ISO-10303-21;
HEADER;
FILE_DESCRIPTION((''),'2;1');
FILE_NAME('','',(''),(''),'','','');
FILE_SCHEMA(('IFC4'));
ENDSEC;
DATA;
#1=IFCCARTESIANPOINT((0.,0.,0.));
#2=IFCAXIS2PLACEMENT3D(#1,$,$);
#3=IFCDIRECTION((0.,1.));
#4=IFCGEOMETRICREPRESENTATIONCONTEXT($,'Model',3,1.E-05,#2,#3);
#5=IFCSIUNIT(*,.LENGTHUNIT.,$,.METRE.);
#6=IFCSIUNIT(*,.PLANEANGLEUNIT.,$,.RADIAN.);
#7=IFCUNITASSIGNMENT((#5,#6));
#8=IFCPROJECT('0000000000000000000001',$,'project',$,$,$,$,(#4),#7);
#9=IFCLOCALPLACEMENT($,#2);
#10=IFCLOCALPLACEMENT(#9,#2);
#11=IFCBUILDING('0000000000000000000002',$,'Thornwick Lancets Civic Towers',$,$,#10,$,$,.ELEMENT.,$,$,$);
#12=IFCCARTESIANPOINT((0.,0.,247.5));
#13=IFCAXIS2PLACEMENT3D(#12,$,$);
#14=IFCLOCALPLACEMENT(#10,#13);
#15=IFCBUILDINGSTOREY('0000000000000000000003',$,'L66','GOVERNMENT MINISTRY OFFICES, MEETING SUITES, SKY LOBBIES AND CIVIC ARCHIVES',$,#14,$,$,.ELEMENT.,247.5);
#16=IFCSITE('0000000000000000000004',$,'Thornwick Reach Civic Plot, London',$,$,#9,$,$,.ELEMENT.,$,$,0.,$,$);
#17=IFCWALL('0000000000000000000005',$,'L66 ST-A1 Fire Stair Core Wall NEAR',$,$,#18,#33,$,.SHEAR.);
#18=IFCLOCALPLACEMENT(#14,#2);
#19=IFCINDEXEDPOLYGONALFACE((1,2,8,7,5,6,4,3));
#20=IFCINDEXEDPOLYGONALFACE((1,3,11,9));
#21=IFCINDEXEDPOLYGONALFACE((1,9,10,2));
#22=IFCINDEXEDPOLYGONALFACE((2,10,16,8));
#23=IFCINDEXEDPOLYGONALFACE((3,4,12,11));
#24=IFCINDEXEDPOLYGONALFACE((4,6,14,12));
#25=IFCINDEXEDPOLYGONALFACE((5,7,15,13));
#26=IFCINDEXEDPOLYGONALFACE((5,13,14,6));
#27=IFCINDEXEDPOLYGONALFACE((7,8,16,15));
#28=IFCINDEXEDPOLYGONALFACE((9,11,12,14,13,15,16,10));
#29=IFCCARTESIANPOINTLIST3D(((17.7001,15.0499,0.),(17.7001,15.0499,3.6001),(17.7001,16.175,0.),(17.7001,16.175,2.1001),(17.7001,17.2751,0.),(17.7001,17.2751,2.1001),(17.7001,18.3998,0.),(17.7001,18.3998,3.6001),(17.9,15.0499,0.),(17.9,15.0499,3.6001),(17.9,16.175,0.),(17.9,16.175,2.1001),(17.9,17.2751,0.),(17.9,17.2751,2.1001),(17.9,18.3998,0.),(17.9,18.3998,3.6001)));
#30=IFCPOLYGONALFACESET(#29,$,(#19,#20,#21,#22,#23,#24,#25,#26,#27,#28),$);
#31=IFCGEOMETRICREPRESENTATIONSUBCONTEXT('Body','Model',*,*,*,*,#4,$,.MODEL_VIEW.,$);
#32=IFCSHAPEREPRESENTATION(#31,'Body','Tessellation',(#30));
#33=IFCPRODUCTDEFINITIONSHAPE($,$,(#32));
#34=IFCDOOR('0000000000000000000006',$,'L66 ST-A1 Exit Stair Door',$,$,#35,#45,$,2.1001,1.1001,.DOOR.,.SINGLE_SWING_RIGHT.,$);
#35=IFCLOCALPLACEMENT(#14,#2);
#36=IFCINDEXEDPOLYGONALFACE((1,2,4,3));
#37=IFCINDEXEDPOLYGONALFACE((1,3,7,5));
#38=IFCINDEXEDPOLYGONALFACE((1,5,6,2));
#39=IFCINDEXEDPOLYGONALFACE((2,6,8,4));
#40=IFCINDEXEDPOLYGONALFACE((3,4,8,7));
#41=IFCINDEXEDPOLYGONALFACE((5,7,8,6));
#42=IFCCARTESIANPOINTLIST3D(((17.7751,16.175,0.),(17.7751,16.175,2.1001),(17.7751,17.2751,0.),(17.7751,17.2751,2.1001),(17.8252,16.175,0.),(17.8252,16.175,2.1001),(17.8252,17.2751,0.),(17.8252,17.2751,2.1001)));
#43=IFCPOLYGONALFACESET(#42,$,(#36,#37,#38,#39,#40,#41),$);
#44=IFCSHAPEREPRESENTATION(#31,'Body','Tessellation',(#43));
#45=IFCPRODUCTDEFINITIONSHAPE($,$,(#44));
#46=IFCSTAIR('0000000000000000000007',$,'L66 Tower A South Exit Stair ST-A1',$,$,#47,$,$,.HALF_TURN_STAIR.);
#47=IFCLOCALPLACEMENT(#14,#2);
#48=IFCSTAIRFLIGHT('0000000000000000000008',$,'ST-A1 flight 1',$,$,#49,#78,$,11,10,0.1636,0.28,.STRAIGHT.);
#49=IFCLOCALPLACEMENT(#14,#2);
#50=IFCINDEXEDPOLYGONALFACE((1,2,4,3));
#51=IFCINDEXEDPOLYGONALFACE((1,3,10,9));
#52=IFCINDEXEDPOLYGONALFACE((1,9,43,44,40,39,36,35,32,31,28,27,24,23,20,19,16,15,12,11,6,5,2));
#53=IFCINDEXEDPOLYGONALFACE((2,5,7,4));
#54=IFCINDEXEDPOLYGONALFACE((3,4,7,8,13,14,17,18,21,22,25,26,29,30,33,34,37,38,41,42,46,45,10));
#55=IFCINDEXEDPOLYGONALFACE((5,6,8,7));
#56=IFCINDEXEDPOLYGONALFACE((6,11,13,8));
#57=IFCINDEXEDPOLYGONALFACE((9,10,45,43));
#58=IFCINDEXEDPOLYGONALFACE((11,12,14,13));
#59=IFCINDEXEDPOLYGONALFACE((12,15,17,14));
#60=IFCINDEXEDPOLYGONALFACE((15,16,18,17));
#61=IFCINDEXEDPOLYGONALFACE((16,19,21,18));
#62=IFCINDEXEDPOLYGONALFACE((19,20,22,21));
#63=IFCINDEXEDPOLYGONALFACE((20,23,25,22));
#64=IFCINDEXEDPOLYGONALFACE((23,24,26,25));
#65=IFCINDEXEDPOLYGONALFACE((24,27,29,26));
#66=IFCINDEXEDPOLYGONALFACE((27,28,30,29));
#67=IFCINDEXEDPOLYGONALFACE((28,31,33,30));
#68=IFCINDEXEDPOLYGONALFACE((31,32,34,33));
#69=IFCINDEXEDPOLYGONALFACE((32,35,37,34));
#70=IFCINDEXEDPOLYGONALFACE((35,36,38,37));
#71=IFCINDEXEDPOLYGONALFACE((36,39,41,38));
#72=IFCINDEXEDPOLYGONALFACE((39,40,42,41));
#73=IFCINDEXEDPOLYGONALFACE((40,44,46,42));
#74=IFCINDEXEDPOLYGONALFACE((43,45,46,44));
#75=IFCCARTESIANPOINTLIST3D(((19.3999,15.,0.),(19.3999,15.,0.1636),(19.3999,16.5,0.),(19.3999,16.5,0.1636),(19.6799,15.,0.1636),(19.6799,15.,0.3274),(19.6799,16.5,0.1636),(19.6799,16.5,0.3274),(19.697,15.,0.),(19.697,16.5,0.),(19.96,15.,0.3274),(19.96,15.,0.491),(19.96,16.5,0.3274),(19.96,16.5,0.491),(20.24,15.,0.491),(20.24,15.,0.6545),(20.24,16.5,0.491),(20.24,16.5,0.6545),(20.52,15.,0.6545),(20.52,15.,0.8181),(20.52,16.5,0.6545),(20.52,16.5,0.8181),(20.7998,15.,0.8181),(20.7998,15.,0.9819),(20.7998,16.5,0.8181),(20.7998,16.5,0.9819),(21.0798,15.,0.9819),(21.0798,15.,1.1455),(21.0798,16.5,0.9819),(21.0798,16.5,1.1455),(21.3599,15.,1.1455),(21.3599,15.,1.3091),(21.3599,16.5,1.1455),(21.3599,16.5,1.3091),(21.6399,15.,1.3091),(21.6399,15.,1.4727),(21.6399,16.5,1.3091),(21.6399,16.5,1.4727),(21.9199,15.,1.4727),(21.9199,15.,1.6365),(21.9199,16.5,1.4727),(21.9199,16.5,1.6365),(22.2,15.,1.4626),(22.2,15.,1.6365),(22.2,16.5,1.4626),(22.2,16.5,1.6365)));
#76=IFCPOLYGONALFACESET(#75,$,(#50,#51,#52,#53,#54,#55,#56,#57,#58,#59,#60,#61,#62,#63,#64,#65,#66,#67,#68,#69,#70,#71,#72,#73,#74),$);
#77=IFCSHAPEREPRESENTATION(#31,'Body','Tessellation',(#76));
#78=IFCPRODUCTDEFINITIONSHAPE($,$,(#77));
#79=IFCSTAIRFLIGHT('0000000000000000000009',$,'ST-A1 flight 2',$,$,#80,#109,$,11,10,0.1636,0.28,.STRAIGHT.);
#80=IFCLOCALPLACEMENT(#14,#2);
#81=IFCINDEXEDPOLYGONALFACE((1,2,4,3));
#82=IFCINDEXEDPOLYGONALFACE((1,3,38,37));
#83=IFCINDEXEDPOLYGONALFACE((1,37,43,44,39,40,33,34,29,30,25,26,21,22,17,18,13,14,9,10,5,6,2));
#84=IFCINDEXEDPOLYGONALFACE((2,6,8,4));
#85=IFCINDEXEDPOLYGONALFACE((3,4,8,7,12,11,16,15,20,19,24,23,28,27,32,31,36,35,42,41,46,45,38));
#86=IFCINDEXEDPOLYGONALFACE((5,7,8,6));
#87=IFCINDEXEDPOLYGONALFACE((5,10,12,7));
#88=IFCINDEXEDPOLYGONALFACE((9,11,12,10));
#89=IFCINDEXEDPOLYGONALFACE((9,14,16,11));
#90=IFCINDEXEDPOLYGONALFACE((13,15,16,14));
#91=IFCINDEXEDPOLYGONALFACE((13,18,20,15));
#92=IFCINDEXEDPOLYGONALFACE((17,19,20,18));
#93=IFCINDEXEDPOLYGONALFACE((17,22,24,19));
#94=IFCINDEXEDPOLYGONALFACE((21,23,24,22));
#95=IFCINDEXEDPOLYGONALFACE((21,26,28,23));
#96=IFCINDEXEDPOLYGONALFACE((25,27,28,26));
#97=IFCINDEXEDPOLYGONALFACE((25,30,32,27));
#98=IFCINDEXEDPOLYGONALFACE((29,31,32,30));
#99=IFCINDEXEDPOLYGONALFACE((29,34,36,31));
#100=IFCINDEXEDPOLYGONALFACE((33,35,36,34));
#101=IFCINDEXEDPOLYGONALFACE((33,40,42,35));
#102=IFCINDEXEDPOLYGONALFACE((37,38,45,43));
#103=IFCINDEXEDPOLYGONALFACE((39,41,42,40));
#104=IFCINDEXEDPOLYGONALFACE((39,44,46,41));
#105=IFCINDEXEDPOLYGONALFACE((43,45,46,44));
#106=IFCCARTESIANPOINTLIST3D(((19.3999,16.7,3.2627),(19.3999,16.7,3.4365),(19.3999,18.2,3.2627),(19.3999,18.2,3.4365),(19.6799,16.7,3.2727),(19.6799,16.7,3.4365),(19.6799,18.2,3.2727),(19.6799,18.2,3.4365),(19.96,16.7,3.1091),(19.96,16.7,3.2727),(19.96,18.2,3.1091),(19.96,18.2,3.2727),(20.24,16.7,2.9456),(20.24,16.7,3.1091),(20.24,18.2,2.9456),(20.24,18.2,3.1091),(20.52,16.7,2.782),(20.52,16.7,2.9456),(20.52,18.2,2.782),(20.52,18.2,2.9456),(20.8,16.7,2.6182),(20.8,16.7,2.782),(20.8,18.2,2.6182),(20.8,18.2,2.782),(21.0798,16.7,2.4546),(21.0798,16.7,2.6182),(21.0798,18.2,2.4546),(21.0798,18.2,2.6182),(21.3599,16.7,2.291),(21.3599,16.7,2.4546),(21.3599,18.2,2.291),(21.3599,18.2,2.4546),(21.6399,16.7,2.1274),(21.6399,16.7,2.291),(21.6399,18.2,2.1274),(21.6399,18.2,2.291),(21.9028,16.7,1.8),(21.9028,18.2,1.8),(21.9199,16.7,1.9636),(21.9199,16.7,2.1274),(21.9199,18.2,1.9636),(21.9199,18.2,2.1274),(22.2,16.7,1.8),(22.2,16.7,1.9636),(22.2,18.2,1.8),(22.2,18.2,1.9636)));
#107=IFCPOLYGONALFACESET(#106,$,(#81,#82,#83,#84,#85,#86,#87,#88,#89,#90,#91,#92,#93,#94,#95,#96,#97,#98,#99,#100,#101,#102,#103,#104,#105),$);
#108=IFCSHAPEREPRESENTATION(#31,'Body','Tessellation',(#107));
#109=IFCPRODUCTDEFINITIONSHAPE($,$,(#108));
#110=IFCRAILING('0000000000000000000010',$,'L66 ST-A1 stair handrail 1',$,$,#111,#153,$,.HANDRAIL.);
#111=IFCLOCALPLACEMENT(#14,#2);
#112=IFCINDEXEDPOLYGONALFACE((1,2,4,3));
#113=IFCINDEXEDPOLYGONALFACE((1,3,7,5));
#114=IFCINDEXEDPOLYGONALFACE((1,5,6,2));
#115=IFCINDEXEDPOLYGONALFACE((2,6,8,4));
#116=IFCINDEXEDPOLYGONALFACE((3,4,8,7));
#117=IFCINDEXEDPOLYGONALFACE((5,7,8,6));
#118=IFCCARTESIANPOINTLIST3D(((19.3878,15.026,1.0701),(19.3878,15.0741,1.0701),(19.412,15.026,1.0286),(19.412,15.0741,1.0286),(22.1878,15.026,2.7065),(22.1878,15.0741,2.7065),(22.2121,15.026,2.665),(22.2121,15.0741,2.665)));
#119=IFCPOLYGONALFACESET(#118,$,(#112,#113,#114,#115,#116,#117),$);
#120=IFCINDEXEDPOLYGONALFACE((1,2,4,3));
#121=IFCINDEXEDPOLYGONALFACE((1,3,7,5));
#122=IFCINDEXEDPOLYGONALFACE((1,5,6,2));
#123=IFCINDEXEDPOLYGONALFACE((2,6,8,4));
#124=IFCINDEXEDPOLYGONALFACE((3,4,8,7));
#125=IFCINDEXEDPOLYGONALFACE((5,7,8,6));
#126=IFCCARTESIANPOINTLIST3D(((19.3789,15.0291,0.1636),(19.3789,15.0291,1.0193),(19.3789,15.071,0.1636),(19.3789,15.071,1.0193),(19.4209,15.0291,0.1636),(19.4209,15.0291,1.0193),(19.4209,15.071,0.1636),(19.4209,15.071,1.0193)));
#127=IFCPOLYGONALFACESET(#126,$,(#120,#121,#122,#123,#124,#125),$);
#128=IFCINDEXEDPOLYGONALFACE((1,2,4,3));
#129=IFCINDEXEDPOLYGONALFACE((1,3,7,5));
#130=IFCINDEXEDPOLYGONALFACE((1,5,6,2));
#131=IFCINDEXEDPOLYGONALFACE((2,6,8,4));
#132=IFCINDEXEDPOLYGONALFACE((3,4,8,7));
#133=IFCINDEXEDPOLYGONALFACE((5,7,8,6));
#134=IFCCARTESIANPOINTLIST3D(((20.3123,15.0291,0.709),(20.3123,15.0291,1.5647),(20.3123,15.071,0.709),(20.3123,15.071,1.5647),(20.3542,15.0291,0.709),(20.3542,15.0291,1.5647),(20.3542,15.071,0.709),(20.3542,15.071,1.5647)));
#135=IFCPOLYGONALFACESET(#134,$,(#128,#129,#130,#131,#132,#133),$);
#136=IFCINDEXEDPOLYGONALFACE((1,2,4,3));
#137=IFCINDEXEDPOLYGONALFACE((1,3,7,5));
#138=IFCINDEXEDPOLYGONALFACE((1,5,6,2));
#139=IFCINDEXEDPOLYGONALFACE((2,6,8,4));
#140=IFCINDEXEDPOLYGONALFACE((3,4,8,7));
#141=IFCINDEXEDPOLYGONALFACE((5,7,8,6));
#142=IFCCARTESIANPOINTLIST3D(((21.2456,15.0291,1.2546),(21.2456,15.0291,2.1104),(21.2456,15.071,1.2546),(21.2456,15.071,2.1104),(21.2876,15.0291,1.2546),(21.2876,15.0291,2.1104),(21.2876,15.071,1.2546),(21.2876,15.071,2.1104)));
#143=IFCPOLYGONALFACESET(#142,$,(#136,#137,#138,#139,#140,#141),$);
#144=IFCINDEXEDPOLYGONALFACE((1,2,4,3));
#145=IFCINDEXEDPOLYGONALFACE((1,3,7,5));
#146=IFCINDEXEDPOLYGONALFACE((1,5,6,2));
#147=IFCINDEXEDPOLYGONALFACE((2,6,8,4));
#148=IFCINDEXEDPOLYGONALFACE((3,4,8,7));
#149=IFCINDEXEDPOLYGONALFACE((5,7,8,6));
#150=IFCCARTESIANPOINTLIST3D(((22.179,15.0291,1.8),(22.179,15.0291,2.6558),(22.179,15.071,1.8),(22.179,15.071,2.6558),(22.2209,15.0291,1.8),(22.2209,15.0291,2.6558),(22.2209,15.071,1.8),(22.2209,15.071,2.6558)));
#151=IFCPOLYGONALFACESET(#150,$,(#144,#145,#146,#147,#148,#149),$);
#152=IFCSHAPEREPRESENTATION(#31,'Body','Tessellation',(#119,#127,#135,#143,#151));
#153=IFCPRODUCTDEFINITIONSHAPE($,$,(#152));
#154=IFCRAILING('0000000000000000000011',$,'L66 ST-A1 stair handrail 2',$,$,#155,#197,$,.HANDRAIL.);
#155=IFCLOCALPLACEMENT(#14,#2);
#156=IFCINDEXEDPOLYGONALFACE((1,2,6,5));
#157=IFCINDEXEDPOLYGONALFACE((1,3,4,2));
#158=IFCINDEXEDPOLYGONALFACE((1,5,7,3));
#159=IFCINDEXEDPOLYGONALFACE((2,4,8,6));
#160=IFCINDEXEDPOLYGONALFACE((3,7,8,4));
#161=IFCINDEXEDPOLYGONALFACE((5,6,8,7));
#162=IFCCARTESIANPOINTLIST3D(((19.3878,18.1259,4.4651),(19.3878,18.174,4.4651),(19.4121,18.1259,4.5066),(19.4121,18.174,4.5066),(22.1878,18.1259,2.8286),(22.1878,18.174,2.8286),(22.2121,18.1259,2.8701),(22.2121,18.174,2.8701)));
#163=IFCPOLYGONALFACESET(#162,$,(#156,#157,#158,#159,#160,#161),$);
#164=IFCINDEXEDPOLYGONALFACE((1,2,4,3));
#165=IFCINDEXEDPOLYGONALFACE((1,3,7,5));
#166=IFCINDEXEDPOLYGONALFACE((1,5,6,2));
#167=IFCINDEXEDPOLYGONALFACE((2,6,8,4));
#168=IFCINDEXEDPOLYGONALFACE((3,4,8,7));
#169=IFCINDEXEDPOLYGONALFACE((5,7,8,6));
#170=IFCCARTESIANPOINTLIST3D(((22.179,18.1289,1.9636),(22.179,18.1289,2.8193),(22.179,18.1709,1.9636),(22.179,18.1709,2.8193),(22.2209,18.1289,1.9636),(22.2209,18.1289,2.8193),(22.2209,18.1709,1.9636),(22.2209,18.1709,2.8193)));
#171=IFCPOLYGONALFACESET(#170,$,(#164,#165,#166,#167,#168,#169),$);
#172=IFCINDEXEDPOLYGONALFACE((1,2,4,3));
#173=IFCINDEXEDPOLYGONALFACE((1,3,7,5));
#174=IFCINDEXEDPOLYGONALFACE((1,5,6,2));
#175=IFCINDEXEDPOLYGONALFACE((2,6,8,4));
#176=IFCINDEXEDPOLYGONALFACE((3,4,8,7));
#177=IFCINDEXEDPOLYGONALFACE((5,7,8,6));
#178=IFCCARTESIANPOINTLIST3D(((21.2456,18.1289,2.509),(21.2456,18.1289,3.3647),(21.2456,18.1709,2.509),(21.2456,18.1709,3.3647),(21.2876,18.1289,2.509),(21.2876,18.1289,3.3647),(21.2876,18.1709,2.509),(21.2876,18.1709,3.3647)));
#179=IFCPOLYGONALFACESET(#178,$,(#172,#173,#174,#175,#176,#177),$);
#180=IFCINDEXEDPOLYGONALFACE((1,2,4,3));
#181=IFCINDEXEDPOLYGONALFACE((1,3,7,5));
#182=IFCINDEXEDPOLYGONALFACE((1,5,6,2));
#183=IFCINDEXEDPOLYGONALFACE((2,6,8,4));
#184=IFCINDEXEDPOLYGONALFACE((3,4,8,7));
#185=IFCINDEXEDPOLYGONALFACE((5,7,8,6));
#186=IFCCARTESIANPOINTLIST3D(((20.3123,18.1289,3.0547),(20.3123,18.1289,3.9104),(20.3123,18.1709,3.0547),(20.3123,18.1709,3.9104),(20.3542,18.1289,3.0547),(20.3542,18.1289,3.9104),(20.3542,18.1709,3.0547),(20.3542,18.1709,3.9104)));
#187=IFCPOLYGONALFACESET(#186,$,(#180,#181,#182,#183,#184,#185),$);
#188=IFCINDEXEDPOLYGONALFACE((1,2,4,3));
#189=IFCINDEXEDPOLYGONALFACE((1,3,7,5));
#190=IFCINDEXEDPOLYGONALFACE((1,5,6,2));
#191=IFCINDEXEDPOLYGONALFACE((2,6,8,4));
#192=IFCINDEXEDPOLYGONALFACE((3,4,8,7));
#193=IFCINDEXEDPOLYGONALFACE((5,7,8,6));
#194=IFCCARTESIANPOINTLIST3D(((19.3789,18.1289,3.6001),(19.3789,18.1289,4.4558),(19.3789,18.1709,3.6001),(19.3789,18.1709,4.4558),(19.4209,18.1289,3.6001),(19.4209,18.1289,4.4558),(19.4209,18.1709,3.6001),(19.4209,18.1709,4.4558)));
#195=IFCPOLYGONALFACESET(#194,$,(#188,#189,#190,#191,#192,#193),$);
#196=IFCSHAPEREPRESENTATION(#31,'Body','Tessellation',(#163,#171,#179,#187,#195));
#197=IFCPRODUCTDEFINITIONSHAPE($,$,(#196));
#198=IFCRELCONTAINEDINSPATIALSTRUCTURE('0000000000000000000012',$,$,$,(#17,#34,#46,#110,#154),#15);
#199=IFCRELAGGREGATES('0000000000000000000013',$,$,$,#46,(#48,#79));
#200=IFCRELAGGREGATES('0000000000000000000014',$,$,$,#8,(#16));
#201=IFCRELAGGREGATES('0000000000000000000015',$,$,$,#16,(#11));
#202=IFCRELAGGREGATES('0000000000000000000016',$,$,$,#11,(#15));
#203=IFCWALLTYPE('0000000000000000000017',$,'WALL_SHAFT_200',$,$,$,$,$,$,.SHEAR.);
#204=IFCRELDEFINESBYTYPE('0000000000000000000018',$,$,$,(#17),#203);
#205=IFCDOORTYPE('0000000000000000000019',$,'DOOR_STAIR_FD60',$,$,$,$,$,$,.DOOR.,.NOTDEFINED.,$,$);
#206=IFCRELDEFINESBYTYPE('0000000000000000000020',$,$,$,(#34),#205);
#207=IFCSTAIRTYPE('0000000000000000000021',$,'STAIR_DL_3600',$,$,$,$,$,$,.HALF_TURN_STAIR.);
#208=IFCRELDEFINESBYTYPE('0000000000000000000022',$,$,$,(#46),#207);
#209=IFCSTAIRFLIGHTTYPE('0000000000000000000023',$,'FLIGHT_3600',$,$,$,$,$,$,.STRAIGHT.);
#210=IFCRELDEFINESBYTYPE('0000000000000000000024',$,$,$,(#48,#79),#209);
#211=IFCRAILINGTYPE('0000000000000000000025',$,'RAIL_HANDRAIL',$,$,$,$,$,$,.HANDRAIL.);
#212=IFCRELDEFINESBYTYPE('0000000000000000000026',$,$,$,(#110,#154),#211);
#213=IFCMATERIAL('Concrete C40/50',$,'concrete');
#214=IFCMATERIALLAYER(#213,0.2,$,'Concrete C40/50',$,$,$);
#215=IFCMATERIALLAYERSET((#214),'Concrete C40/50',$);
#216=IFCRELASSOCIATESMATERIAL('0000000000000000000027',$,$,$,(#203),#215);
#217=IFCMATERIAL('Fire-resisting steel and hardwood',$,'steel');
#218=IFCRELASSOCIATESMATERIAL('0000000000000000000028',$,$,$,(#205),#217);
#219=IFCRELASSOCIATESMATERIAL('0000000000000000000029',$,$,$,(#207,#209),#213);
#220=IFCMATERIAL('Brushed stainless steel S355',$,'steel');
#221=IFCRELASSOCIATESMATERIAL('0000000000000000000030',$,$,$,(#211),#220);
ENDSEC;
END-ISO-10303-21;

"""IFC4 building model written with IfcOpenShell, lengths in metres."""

from ifc_helpers import new_model, si_unit, direction, frame, frame_2d, origin, origin_2d, place, context, subcontext, project, spatial, polyline, rectangle, outline, extrude, material, layer, layer_set, type_object, element, fill, aggregate, save


model = new_model("IFC4")

# Units and contexts
model_context = context("Model", 3, precision=1e-05, world=origin(), true_north=direction((0.0, 1.0)))
body_context = subcontext(model_context, "Body", "Model", "MODEL_VIEW")
ifc_project = project(units=[si_unit("LENGTHUNIT", "METRE"), si_unit("PLANEANGLEUNIT", "RADIAN")], contexts=[model_context])

# Site, building, storey
site_placement = place(None, origin())
site = spatial("IfcSite", under=ifc_project, at=site_placement, Name="Thornwick Reach Civic Plot, London", CompositionType="ELEMENT", RefElevation=0.0)
building_placement = place(site_placement, origin())
building = spatial("IfcBuilding", under=site, at=building_placement, Name="Thornwick Lancets Civic Towers", CompositionType="ELEMENT")
storey_placement = place(building_placement, frame((0.0, 0.0, 247.5)))
storey = spatial("IfcBuildingStorey", under=building, at=storey_placement, Name="L66", Description="GOVERNMENT MINISTRY OFFICES, MEETING SUITES, SKY LOBBIES AND CIVIC ARCHIVES", CompositionType="ELEMENT", Elevation=247.5)

# Wall, opening, door
ifc_material_1 = material(Name="Concrete C40/50", Category="concrete")
ifc_layer_1 = layer(ifc_material_1, 0.2, Name="Concrete C40/50")
ifc_layer_set_1 = layer_set([ifc_layer_1], Name="Concrete C40/50")
wall_type_1 = type_object("IfcWallType", Name="WALL_SHAFT_200", PredefinedType="SHEAR", material=ifc_layer_set_1)
wall_1_placement = place(storey_placement, frame((17.8, 15.05, 0.0), z_axis=(0.0, 0.0, 1.0), x_axis=(0.0, 1.0, 0.0)))
wall_1 = element("IfcWall", 1, at=wall_1_placement, inside=storey, type_object=wall_type_1, Name="L66 ST-A1 Fire Stair Core Wall NEAR", PredefinedType="SHEAR", context=body_context, shape_type="SweptSolid", body=[
    extrude(rectangle(XDim=3.3499, YDim=0.2, at=frame_2d((1.6748, 0.0))), origin(), (0.0, 0.0, 1.0), 3.6001),
])
opening_1_placement = place(wall_1_placement, frame((1.125, 0.0, 0.0)))
opening_1 = element("IfcOpeningElement", 2, at=opening_1_placement, cuts=wall_1, PredefinedType="OPENING", context=body_context, shape_type="SweptSolid", body=[
    extrude(rectangle(XDim=1.1001, YDim=2.1001, at=frame_2d((0.55, 1.05))), frame((0.0, 0.1099, 0.0), z_axis=(0.0, -1.0, 0.0), x_axis=(1.0, 0.0, 0.0)), (0.0, 0.0, 1.0), 0.22),
])
ifc_material_2 = material(Name="Fire-resisting steel and hardwood", Category="steel")
door_type_1 = type_object("IfcDoorType", Name="DOOR_STAIR_FD60", OperationType="NOTDEFINED", PredefinedType="DOOR", material=ifc_material_2)
door_1_placement = place(opening_1_placement, origin())
door_1 = element("IfcDoor", 3, at=door_1_placement, inside=storey, type_object=door_type_1, Name="L66 ST-A1 Exit Stair Door", OperationType="SINGLE_SWING_RIGHT", OverallHeight=2.1001, OverallWidth=1.1001, PredefinedType="DOOR", context=body_context, shape_type="SweptSolid", body=[
    extrude(rectangle(XDim=1.1001, YDim=2.1001, at=frame_2d((0.55, 1.05))), frame((0.0, 0.0249, 0.0), z_axis=(0.0, -1.0, 0.0), x_axis=(1.0, 0.0, 0.0)), (0.0, 0.0, 1.0), 0.05),
])
fill(opening_1, door_1)

# Stair, stair flights
stair_type = type_object("IfcStairType", Name="STAIR_DL_3600", PredefinedType="HALF_TURN_STAIR", material=ifc_material_1)
stair_placement = place(storey_placement, origin())
stair = element("IfcStair", 4, at=stair_placement, inside=storey, type_object=stair_type, Name="L66 Tower A South Exit Stair ST-A1", PredefinedType="HALF_TURN_STAIR")
stair_flight_type = type_object("IfcStairFlightType", Name="FLIGHT_3600", PredefinedType="STRAIGHT", material=ifc_material_1)
stair_flight_1_placement = place(storey_placement, frame((19.3999, 15.75, 0.0), z_axis=(0.0, 0.0, 1.0), x_axis=(1.0, 0.0, 0.0)))
stair_flight_1 = element("IfcStairFlight", 5, at=stair_flight_1_placement, type_object=stair_flight_type, Name="ST-A1 flight 1", NumberOfRisers=11, NumberOfTreads=10, PredefinedType="STRAIGHT", RiserHeight=0.1636, TreadLength=0.28, context=body_context, shape_type="SweptSolid", body=[
    extrude(outline(polyline([(0.0, 0.0), (0.0, 0.1636), (0.28, 0.1636), (0.28, 0.3274), (0.5601, 0.3274), (0.5601, 0.491), (0.8401, 0.491), (0.8401, 0.6545), (1.1201, 0.6545), (1.1201, 0.8181), (1.3999, 0.8181), (1.3999, 0.9819), (1.6799, 0.9819), (1.6799, 1.1455), (1.96, 1.1455), (1.96, 1.3091), (2.24, 1.3091), (2.24, 1.4727), (2.52, 1.4727), (2.52, 1.6365), (2.8, 1.6365), (2.8, 1.8), (2.8, 1.4626), (0.2971, 0.0), (0.0, 0.0)])), frame((0.0, 0.75, 0.0), z_axis=(0.0, -1.0, 0.0), x_axis=(1.0, 0.0, 0.0)), (0.0, 0.0, 1.0), 1.5),
])
stair_flight_2_placement = place(storey_placement, frame((22.2, 17.45, 1.8), z_axis=(0.0, 0.0, 1.0), x_axis=(-1.0, 0.0, 0.0)))
stair_flight_2 = element("IfcStairFlight", 6, at=stair_flight_2_placement, type_object=stair_flight_type, Name="ST-A1 flight 2", NumberOfRisers=11, NumberOfTreads=10, PredefinedType="STRAIGHT", RiserHeight=0.1636, TreadLength=0.28, context=body_context, shape_type="SweptSolid", body=[
    extrude(outline(polyline([(0.0, 0.0), (0.0, 0.1636), (0.28, 0.1636), (0.28, 0.3274), (0.5601, 0.3274), (0.5601, 0.491), (0.8401, 0.491), (0.8401, 0.6545), (1.1201, 0.6545), (1.1201, 0.8181), (1.3999, 0.8181), (1.3999, 0.9819), (1.6799, 0.9819), (1.6799, 1.1455), (1.96, 1.1455), (1.96, 1.3091), (2.24, 1.3091), (2.24, 1.4727), (2.52, 1.4727), (2.52, 1.6365), (2.8, 1.6365), (2.8, 1.8), (2.8, 1.4626), (0.2971, 0.0), (0.0, 0.0)])), frame((0.0, 0.75, 0.0), z_axis=(0.0, -1.0, 0.0), x_axis=(1.0, 0.0, 0.0)), (0.0, 0.0, 1.0), 1.5),
])
aggregate(stair, [stair_flight_1, stair_flight_2])

# Railings
ifc_material_3 = material(Name="Brushed stainless steel S355", Category="steel")
railing_type_1 = type_object("IfcRailingType", Name="RAIL_HANDRAIL", PredefinedType="HANDRAIL", material=ifc_material_3)
railing_1_placement = place(storey_placement, frame((19.3999, 15.05, 0.1636)))
element("IfcRailing", 7, at=railing_1_placement, inside=storey, type_object=railing_type_1, Name="L66 ST-A1 stair handrail 1", PredefinedType="HANDRAIL", context=body_context, shape_type="SweptSolid", body=[
    extrude(rectangle(XDim=0.0481, YDim=0.0481, at=origin_2d()), frame((0.0, 0.0, 0.8857), z_axis=(0.863361, 0.0, 0.504587), x_axis=(0.0, 1.0, 0.0)), (0.0, 0.0, 1.0), 3.2432),
    extrude(rectangle(XDim=0.042, YDim=0.042, at=origin_2d()), origin(), (0.0, 0.0, 1.0), 0.8557),
    extrude(rectangle(XDim=0.042, YDim=0.042, at=origin_2d()), frame((0.9333, 0.0, 0.5454)), (0.0, 0.0, 1.0), 0.8557),
    extrude(rectangle(XDim=0.042, YDim=0.042, at=origin_2d()), frame((1.8667, 0.0, 1.0911)), (0.0, 0.0, 1.0), 0.8557),
    extrude(rectangle(XDim=0.042, YDim=0.042, at=origin_2d()), frame((2.8, 0.0, 1.6365)), (0.0, 0.0, 1.0), 0.8557),
])
railing_2_placement = place(storey_placement, frame((22.2, 18.1499, 1.9636)))
element("IfcRailing", 8, at=railing_2_placement, inside=storey, type_object=railing_type_1, Name="L66 ST-A1 stair handrail 2", PredefinedType="HANDRAIL", context=body_context, shape_type="SweptSolid", body=[
    extrude(rectangle(XDim=0.0481, YDim=0.0481, at=origin_2d()), frame((0.0, 0.0, 0.8857), z_axis=(-0.863361, 0.0, 0.504587), x_axis=(0.0, -1.0, 0.0)), (0.0, 0.0, 1.0), 3.2432),
    extrude(rectangle(XDim=0.042, YDim=0.042, at=origin_2d()), origin(), (0.0, 0.0, 1.0), 0.8557),
    extrude(rectangle(XDim=0.042, YDim=0.042, at=origin_2d()), frame((-0.9333, 0.0, 0.5454)), (0.0, 0.0, 1.0), 0.8557),
    extrude(rectangle(XDim=0.042, YDim=0.042, at=origin_2d()), frame((-1.8667, 0.0, 1.0911)), (0.0, 0.0, 1.0), 0.8557),
    extrude(rectangle(XDim=0.042, YDim=0.042, at=origin_2d()), frame((-2.8, 0.0, 1.6365)), (0.0, 0.0, 1.0), 0.8557),
])

save(model, "model.ifc")
